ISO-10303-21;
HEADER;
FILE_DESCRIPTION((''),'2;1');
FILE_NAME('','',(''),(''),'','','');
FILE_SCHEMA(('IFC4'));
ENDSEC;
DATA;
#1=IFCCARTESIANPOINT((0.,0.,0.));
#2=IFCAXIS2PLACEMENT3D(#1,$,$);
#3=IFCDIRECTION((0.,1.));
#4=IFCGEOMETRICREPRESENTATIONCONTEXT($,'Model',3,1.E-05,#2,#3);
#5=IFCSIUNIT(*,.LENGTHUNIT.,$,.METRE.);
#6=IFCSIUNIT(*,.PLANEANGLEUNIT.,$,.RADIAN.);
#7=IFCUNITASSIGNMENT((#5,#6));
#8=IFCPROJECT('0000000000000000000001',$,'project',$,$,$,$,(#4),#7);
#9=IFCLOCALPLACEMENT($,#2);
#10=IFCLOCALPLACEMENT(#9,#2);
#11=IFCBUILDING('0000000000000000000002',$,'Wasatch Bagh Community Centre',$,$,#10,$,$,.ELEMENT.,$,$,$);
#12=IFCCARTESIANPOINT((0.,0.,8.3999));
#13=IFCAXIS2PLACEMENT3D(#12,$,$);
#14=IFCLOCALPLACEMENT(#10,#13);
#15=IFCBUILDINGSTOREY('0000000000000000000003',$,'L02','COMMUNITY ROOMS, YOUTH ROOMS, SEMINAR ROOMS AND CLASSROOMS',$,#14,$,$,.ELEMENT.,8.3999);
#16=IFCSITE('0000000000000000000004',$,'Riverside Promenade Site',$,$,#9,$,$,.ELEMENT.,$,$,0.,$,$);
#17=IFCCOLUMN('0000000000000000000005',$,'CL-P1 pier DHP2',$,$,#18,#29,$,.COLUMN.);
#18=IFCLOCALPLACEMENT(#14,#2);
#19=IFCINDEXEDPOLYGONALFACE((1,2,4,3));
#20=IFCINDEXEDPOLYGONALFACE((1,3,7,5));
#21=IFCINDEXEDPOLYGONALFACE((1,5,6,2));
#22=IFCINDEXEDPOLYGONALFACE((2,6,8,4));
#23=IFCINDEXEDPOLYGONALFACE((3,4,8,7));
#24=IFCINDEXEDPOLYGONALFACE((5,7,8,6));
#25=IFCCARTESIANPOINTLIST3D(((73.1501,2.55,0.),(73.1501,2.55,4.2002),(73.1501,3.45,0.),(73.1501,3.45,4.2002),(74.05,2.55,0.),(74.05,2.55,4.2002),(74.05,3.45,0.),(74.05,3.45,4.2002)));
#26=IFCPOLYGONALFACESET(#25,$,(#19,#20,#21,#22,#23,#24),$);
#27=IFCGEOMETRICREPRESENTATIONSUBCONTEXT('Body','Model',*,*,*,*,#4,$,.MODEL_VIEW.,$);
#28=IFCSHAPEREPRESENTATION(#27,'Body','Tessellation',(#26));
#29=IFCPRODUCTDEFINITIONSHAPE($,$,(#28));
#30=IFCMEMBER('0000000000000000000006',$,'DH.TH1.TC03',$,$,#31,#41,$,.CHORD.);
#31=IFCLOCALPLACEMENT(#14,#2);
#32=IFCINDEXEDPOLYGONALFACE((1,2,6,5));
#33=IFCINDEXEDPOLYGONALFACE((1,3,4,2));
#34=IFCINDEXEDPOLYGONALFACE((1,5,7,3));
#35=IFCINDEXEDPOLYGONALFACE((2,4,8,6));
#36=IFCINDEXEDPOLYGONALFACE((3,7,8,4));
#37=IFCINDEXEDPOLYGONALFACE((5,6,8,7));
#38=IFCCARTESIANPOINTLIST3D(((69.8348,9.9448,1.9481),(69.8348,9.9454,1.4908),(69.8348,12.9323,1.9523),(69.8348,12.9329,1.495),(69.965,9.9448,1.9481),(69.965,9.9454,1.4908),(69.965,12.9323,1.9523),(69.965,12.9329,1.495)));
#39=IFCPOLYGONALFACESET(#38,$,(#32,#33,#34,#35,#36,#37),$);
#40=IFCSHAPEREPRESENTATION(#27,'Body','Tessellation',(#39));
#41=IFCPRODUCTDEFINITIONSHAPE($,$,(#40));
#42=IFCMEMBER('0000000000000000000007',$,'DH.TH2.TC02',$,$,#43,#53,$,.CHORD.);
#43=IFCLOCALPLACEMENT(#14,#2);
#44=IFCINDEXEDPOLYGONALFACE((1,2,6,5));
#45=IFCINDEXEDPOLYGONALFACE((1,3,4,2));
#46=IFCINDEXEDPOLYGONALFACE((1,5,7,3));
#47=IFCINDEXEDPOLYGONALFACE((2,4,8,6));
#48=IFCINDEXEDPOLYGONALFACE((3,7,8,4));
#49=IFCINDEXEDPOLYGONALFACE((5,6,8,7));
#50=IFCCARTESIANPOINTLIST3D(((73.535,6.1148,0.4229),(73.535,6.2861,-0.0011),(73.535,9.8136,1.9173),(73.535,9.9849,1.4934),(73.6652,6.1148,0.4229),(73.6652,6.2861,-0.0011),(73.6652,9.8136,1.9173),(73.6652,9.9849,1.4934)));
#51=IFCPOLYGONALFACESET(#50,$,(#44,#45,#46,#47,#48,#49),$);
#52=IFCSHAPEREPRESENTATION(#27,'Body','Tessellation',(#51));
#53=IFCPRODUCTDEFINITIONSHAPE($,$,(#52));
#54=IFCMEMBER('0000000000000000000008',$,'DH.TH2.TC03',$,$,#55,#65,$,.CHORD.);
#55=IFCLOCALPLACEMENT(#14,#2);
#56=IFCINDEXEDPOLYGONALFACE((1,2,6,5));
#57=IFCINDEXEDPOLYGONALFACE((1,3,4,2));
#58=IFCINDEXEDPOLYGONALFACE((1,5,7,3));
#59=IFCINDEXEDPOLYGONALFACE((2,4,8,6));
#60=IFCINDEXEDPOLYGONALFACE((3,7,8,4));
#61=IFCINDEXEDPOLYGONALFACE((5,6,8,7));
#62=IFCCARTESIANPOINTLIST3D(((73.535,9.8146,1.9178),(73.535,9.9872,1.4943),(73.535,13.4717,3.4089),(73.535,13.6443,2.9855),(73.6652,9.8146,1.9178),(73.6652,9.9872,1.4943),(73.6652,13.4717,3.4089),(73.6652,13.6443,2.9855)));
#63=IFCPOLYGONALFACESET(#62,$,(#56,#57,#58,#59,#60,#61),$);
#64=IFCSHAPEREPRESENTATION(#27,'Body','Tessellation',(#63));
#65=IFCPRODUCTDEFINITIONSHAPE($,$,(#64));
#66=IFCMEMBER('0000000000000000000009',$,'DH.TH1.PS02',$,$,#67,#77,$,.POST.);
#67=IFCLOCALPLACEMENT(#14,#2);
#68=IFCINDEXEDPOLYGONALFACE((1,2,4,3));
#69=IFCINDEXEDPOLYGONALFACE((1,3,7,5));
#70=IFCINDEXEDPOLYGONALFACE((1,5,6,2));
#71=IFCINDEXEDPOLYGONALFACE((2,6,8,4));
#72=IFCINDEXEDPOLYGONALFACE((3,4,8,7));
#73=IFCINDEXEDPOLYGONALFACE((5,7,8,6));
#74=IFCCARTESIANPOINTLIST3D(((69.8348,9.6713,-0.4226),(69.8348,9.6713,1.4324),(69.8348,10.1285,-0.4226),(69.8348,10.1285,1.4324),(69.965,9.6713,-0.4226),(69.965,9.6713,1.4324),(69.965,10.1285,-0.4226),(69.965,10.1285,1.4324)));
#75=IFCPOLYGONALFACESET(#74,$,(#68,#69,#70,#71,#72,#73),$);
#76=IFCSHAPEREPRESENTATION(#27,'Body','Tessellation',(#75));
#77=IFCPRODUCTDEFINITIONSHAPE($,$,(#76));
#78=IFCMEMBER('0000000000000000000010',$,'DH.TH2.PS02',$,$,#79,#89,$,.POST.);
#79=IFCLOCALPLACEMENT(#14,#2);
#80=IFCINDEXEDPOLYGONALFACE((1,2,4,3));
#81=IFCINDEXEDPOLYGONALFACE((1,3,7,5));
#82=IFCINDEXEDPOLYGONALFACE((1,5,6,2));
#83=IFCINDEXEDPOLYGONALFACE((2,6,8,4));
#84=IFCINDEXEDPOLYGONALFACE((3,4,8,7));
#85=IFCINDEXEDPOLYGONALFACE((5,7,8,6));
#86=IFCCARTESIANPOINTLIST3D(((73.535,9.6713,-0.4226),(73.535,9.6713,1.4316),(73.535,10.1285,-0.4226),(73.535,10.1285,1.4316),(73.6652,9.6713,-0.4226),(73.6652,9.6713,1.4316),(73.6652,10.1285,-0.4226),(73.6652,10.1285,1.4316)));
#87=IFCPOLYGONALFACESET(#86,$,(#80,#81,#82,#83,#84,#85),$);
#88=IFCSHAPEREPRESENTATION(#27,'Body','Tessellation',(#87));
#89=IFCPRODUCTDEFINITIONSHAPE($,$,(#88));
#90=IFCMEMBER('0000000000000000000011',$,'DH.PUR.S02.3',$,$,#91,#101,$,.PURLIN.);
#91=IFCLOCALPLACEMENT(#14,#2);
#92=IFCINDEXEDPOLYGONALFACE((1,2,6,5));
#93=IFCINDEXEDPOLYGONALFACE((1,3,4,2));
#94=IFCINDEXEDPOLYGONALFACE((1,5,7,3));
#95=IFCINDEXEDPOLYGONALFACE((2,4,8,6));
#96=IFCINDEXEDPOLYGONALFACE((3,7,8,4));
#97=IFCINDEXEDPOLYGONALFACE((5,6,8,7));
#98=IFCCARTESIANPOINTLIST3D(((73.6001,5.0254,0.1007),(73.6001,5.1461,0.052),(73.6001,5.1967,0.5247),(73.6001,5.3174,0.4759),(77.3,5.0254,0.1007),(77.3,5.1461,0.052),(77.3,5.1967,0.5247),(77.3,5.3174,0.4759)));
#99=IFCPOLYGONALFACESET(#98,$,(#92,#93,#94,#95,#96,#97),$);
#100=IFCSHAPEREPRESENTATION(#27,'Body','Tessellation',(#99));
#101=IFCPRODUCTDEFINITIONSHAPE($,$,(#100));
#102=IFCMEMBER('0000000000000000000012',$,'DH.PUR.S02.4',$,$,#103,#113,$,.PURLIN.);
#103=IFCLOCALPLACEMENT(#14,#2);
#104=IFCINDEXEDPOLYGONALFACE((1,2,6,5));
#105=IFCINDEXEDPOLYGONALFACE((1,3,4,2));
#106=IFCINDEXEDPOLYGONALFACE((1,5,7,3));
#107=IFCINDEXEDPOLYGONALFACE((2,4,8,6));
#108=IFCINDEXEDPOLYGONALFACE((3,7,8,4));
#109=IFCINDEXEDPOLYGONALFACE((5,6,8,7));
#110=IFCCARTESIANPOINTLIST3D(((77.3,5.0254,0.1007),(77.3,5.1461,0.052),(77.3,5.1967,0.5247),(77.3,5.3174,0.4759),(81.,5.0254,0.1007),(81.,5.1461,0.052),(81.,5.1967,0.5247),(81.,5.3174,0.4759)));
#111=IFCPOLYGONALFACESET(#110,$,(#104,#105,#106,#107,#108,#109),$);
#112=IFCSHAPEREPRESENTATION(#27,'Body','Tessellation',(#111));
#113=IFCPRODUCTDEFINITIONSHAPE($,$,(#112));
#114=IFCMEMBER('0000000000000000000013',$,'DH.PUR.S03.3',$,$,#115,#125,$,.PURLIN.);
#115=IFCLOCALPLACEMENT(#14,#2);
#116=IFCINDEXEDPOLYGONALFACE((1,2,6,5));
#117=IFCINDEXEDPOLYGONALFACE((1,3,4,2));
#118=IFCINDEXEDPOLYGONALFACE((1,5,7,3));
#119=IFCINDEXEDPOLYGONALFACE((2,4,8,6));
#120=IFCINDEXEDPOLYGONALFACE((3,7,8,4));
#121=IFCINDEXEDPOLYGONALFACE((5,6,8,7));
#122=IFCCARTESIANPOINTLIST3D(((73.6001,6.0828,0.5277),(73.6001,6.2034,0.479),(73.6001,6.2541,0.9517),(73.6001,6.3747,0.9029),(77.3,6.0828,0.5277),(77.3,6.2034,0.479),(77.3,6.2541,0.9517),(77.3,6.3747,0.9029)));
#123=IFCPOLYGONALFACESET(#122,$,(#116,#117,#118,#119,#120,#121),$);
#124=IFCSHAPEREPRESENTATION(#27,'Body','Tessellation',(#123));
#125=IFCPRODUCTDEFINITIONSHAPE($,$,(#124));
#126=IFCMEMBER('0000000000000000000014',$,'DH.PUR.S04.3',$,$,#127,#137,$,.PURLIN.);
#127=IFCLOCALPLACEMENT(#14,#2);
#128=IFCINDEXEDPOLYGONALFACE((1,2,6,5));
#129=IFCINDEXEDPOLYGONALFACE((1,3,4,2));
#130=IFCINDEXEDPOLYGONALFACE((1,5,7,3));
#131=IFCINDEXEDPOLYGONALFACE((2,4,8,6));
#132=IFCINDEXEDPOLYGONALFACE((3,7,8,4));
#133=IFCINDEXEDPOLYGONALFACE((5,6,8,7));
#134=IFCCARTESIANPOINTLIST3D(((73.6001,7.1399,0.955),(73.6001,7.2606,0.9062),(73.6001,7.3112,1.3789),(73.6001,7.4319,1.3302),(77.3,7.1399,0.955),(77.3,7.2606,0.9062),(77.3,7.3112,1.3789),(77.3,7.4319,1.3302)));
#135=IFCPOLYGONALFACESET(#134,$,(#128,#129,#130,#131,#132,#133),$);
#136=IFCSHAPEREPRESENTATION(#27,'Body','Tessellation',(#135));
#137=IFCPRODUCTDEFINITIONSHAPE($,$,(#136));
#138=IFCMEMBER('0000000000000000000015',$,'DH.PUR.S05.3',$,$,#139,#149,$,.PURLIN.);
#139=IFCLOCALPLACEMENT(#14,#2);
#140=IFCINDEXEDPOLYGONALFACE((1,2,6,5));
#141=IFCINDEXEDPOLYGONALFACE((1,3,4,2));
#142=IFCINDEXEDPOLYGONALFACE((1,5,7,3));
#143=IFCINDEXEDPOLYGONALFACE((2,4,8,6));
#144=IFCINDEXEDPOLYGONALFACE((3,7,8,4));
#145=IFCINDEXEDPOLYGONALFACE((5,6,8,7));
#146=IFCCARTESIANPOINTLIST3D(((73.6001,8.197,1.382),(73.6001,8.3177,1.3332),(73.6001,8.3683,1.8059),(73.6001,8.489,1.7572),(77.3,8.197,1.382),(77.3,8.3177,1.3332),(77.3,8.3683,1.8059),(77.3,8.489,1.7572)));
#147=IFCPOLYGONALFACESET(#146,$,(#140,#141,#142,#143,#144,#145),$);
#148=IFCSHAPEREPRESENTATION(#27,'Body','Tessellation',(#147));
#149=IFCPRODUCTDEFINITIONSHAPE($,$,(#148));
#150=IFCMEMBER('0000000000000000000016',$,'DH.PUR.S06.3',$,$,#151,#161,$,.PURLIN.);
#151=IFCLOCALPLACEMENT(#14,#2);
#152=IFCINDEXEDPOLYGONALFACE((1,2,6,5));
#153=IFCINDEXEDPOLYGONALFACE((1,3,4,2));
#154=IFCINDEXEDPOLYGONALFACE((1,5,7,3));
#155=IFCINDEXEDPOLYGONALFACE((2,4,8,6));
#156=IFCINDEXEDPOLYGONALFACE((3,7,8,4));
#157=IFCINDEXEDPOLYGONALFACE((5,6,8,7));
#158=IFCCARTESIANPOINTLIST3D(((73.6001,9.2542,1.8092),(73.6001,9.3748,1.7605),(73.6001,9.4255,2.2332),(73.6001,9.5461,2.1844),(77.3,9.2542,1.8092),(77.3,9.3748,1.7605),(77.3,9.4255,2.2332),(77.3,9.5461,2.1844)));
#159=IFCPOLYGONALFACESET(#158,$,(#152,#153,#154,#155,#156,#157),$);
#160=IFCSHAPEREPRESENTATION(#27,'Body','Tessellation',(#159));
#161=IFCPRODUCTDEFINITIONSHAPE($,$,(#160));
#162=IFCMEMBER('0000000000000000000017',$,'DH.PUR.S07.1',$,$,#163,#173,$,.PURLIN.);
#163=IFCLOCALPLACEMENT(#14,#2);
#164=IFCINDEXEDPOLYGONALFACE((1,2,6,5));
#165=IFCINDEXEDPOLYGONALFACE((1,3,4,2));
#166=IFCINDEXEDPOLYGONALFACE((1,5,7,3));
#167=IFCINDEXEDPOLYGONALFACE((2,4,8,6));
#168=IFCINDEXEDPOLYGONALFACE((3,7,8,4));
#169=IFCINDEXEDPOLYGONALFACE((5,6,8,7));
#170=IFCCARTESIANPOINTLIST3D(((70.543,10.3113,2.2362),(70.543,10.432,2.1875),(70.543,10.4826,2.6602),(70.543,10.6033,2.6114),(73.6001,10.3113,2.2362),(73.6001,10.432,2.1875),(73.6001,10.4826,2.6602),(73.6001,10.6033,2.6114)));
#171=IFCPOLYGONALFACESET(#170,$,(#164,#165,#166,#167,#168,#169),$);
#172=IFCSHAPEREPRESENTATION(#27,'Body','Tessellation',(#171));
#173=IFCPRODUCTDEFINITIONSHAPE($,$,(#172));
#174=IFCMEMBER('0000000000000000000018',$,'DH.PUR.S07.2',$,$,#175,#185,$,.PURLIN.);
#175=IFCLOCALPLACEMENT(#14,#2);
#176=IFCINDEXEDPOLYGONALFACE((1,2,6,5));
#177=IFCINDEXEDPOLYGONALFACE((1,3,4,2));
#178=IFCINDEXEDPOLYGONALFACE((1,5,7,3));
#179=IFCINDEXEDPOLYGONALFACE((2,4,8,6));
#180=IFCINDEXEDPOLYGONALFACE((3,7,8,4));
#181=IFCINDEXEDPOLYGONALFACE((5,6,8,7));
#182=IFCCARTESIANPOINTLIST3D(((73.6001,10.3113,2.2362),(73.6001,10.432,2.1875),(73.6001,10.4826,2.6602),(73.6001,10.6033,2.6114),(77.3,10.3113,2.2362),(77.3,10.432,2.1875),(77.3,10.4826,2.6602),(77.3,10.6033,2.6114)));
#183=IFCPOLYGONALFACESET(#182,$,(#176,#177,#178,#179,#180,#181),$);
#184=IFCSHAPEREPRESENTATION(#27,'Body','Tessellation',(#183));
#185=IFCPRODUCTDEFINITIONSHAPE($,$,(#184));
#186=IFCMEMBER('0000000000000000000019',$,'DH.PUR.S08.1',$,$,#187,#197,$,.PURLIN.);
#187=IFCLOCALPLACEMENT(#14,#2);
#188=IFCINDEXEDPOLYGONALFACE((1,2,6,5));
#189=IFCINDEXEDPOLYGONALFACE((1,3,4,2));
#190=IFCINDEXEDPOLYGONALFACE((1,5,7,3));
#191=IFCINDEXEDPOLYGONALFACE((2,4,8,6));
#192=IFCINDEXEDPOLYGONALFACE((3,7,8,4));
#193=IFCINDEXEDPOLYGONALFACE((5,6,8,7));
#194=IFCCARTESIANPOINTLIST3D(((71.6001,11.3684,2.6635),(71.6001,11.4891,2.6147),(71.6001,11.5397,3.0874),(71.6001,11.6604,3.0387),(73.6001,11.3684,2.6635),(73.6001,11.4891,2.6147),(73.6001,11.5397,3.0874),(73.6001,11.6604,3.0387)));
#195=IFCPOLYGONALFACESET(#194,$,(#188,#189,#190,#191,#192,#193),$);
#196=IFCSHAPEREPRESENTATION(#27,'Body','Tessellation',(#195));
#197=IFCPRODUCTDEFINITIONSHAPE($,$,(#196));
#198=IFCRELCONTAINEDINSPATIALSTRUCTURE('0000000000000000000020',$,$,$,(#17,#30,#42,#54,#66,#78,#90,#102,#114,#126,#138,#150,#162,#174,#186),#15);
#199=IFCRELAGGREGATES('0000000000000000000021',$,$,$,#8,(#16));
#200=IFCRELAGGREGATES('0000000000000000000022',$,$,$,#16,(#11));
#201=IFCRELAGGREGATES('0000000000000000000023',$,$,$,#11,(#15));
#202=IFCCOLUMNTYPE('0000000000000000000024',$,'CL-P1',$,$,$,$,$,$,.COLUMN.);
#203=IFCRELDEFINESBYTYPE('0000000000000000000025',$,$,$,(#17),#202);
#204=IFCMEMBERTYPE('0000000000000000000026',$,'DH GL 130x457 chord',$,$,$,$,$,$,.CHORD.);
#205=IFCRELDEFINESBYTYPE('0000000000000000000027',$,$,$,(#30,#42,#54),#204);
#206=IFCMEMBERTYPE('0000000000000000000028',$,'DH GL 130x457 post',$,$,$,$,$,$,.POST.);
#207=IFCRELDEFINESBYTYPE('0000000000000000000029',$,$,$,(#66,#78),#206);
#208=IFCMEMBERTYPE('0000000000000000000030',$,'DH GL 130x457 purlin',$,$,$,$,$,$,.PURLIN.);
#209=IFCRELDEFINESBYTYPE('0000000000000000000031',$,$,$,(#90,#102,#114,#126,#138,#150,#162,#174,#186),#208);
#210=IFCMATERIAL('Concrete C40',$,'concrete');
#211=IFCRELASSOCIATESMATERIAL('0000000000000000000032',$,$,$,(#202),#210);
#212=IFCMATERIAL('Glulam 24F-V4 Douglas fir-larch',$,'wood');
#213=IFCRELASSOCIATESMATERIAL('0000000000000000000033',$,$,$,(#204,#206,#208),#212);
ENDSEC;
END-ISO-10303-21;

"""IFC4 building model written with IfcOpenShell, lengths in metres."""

from ifc_helpers import new_model, si_unit, direction, frame, origin, origin_2d, place, context, subcontext, project, spatial, rectangle, extrude, material, material_profile, profile_set, type_object, element, save


model = new_model("IFC4")

# Units and contexts
model_context = context("Model", 3, precision=1e-05, world=origin(), true_north=direction((0.0, 1.0)))
body_context = subcontext(model_context, "Body", "Model", "MODEL_VIEW")
ifc_project = project(units=[si_unit("LENGTHUNIT", "METRE"), si_unit("PLANEANGLEUNIT", "RADIAN")], contexts=[model_context])

# Site, building, storey
site_placement = place(None, origin())
site = spatial("IfcSite", under=ifc_project, at=site_placement, Name="Riverside Promenade Site", CompositionType="ELEMENT", RefElevation=0.0)
building_placement = place(site_placement, origin())
building = spatial("IfcBuilding", under=site, at=building_placement, Name="Wasatch Bagh Community Centre", CompositionType="ELEMENT")
storey_placement = place(building_placement, frame((0.0, 0.0, 8.3999)))
storey = spatial("IfcBuildingStorey", under=building, at=storey_placement, Name="L02", Description="COMMUNITY ROOMS, YOUTH ROOMS, SEMINAR ROOMS AND CLASSROOMS", CompositionType="ELEMENT", Elevation=8.3999)

# Column
ifc_material_1 = material(Name="Concrete C40", Category="concrete")
ifc_material_profile_1 = material_profile(ifc_material_1, rectangle(XDim=0.8999, YDim=0.8999, at=origin_2d()), Name="RC 900x900")
ifc_profile_set_1 = profile_set([ifc_material_profile_1], Name="Concrete C40")
column_type = type_object("IfcColumnType", Name="CL-P1", PredefinedType="COLUMN", material=ifc_profile_set_1)
column_placement = place(storey_placement, frame((73.6001, 3.0, 0.0), z_axis=(0.0, 0.0, 1.0), x_axis=(1.0, 0.0, 0.0)))
element("IfcColumn", 1, at=column_placement, inside=storey, type_object=column_type, Name="CL-P1 pier DHP2", PredefinedType="COLUMN", context=body_context, shape_type="SweptSolid", body=[
    extrude(rectangle(XDim=0.8999, YDim=0.8999, at=origin_2d()), origin(), (0.0, 0.0, 1.0), 4.2002),
])

# Members
ifc_material_2 = material(Name="Glulam 24F-V4 Douglas fir-larch", Category="wood")
ifc_material_profile_2 = material_profile(ifc_material_2, rectangle(XDim=0.1301, YDim=0.4573, at=origin_2d()), Name="GL 130x457")
ifc_profile_set_2 = profile_set([ifc_material_profile_2], Name="Glulam 24F-V4 Douglas fir-larch")
member_type_1 = type_object("IfcMemberType", Name="DH GL 130x457 chord", PredefinedType="CHORD", material=ifc_profile_set_2)
member_1_placement = place(storey_placement, frame((69.8999, 9.9451, 1.7195), z_axis=(0.0, 0.999999, 0.001389), x_axis=(-1.0, 0.0, 0.0)))
element("IfcMember", 2, at=member_1_placement, inside=storey, type_object=member_type_1, Name="DH.TH1.TC03", PredefinedType="CHORD", context=body_context, shape_type="SweptSolid", body=[
    extrude(rectangle(XDim=0.1301, YDim=0.4573, at=origin_2d()), origin(), (0.0, 0.0, 1.0), 2.9875),
])
member_2_placement = place(storey_placement, frame((73.6001, 6.2004, 0.2109), z_axis=(0.0, 0.927184, 0.374607), x_axis=(-1.0, 0.0, 0.0)))
element("IfcMember", 3, at=member_2_placement, inside=storey, type_object=member_type_1, Name="DH.TH2.TC02", PredefinedType="CHORD", context=body_context, shape_type="SweptSolid", body=[
    extrude(rectangle(XDim=0.1301, YDim=0.4573, at=origin_2d()), origin(), (0.0, 0.0, 1.0), 3.9893),
])
member_3_placement = place(storey_placement, frame((73.6001, 9.9009, 1.7061), z_axis=(0.0, 0.925984, 0.377564), x_axis=(-1.0, 0.0, 0.0)))
element("IfcMember", 4, at=member_3_placement, inside=storey, type_object=member_type_1, Name="DH.TH2.TC03", PredefinedType="CHORD", context=body_context, shape_type="SweptSolid", body=[
    extrude(rectangle(XDim=0.1301, YDim=0.4573, at=origin_2d()), origin(), (0.0, 0.0, 1.0), 3.9495),
])
ifc_material_profile_3 = material_profile(ifc_material_2, rectangle(XDim=0.1301, YDim=0.4573, at=origin_2d()), Name="GL 130x457")
ifc_profile_set_3 = profile_set([ifc_material_profile_3], Name="Glulam 24F-V4 Douglas fir-larch")
member_type_2 = type_object("IfcMemberType", Name="DH GL 130x457 post", PredefinedType="POST", material=ifc_profile_set_3)
member_4_placement = place(storey_placement, frame((69.8999, 9.8999, -0.4226), z_axis=(0.0, 0.0, 1.0), x_axis=(1.0, 0.0, 0.0)))
element("IfcMember", 5, at=member_4_placement, inside=storey, type_object=member_type_2, Name="DH.TH1.PS02", PredefinedType="POST", context=body_context, shape_type="SweptSolid", body=[
    extrude(rectangle(XDim=0.1301, YDim=0.4573, at=origin_2d()), origin(), (0.0, 0.0, 1.0), 1.855),
])
member_5_placement = place(storey_placement, frame((73.6001, 9.8999, -0.4226), z_axis=(0.0, 0.0, 1.0), x_axis=(1.0, 0.0, 0.0)))
element("IfcMember", 6, at=member_5_placement, inside=storey, type_object=member_type_2, Name="DH.TH2.PS02", PredefinedType="POST", context=body_context, shape_type="SweptSolid", body=[
    extrude(rectangle(XDim=0.1301, YDim=0.4573, at=origin_2d()), origin(), (0.0, 0.0, 1.0), 1.8542),
])
ifc_material_profile_4 = material_profile(ifc_material_2, rectangle(XDim=0.1301, YDim=0.4573, at=origin_2d()), Name="GL 130x457")
ifc_profile_set_4 = profile_set([ifc_material_profile_4], Name="Glulam 24F-V4 Douglas fir-larch")
member_type_3 = type_object("IfcMemberType", Name="DH GL 130x457 purlin", PredefinedType="PURLIN", material=ifc_profile_set_4)
for number, where, z_axis, x_axis, name in (
    (7, (73.6001, 5.1714, 0.2883), (1.0, 0.0, 0.0), (0.0, 0.927184, -0.374607), "DH.PUR.S02.3"),
    (8, (77.3, 5.1714, 0.2883), (1.0, 0.0, 0.0), (0.0, 0.927184, -0.374607), "DH.PUR.S02.4"),
    (9, (73.6001, 6.2288, 0.7153), (1.0, 0.0, 0.0), (0.0, 0.927184, -0.374607), "DH.PUR.S03.3"),
    (10, (73.6001, 7.2859, 1.1426), (1.0, 0.0, 0.0), (0.0, 0.927184, -0.374607), "DH.PUR.S04.3"),
    (11, (73.6001, 8.343, 1.5696), (1.0, 0.0, 0.0), (0.0, 0.927184, -0.374607), "DH.PUR.S05.3"),
    (12, (73.6001, 9.4001, 1.9968), (1.0, 0.0, 0.0), (0.0, 0.927184, -0.374607), "DH.PUR.S06.3"),
):
    element("IfcMember", number, at=place(storey_placement, frame(where, z_axis=z_axis, x_axis=x_axis)), inside=storey, type_object=member_type_3, Name=name, PredefinedType="PURLIN", context=body_context, shape_type="SweptSolid", body=[
        extrude(rectangle(XDim=0.1301, YDim=0.4573, at=origin_2d()), origin(), (0.0, 0.0, 1.0), 3.7),
    ])
member_6_placement = place(storey_placement, frame((70.543, 10.4573, 2.4238), z_axis=(1.0, 0.0, 0.0), x_axis=(0.0, 0.927184, -0.374607)))
element("IfcMember", 13, at=member_6_placement, inside=storey, type_object=member_type_3, Name="DH.PUR.S07.1", PredefinedType="PURLIN", context=body_context, shape_type="SweptSolid", body=[
    extrude(rectangle(XDim=0.1301, YDim=0.4573, at=origin_2d()), origin(), (0.0, 0.0, 1.0), 3.0571),
])
member_7_placement = place(storey_placement, frame((73.6001, 10.4573, 2.4238), z_axis=(1.0, 0.0, 0.0), x_axis=(0.0, 0.927184, -0.374607)))
element("IfcMember", 14, at=member_7_placement, inside=storey, type_object=member_type_3, Name="DH.PUR.S07.2", PredefinedType="PURLIN", context=body_context, shape_type="SweptSolid", body=[
    extrude(rectangle(XDim=0.1301, YDim=0.4573, at=origin_2d()), origin(), (0.0, 0.0, 1.0), 3.7),
])
member_8_placement = place(storey_placement, frame((71.6001, 11.5144, 2.8511), z_axis=(1.0, 0.0, 0.0), x_axis=(0.0, 0.927184, -0.374607)))
element("IfcMember", 15, at=member_8_placement, inside=storey, type_object=member_type_3, Name="DH.PUR.S08.1", PredefinedType="PURLIN", context=body_context, shape_type="SweptSolid", body=[
    extrude(rectangle(XDim=0.1301, YDim=0.4573, at=origin_2d()), origin(), (0.0, 0.0, 1.0), 2.0),
])

save(model, "model.ifc")
